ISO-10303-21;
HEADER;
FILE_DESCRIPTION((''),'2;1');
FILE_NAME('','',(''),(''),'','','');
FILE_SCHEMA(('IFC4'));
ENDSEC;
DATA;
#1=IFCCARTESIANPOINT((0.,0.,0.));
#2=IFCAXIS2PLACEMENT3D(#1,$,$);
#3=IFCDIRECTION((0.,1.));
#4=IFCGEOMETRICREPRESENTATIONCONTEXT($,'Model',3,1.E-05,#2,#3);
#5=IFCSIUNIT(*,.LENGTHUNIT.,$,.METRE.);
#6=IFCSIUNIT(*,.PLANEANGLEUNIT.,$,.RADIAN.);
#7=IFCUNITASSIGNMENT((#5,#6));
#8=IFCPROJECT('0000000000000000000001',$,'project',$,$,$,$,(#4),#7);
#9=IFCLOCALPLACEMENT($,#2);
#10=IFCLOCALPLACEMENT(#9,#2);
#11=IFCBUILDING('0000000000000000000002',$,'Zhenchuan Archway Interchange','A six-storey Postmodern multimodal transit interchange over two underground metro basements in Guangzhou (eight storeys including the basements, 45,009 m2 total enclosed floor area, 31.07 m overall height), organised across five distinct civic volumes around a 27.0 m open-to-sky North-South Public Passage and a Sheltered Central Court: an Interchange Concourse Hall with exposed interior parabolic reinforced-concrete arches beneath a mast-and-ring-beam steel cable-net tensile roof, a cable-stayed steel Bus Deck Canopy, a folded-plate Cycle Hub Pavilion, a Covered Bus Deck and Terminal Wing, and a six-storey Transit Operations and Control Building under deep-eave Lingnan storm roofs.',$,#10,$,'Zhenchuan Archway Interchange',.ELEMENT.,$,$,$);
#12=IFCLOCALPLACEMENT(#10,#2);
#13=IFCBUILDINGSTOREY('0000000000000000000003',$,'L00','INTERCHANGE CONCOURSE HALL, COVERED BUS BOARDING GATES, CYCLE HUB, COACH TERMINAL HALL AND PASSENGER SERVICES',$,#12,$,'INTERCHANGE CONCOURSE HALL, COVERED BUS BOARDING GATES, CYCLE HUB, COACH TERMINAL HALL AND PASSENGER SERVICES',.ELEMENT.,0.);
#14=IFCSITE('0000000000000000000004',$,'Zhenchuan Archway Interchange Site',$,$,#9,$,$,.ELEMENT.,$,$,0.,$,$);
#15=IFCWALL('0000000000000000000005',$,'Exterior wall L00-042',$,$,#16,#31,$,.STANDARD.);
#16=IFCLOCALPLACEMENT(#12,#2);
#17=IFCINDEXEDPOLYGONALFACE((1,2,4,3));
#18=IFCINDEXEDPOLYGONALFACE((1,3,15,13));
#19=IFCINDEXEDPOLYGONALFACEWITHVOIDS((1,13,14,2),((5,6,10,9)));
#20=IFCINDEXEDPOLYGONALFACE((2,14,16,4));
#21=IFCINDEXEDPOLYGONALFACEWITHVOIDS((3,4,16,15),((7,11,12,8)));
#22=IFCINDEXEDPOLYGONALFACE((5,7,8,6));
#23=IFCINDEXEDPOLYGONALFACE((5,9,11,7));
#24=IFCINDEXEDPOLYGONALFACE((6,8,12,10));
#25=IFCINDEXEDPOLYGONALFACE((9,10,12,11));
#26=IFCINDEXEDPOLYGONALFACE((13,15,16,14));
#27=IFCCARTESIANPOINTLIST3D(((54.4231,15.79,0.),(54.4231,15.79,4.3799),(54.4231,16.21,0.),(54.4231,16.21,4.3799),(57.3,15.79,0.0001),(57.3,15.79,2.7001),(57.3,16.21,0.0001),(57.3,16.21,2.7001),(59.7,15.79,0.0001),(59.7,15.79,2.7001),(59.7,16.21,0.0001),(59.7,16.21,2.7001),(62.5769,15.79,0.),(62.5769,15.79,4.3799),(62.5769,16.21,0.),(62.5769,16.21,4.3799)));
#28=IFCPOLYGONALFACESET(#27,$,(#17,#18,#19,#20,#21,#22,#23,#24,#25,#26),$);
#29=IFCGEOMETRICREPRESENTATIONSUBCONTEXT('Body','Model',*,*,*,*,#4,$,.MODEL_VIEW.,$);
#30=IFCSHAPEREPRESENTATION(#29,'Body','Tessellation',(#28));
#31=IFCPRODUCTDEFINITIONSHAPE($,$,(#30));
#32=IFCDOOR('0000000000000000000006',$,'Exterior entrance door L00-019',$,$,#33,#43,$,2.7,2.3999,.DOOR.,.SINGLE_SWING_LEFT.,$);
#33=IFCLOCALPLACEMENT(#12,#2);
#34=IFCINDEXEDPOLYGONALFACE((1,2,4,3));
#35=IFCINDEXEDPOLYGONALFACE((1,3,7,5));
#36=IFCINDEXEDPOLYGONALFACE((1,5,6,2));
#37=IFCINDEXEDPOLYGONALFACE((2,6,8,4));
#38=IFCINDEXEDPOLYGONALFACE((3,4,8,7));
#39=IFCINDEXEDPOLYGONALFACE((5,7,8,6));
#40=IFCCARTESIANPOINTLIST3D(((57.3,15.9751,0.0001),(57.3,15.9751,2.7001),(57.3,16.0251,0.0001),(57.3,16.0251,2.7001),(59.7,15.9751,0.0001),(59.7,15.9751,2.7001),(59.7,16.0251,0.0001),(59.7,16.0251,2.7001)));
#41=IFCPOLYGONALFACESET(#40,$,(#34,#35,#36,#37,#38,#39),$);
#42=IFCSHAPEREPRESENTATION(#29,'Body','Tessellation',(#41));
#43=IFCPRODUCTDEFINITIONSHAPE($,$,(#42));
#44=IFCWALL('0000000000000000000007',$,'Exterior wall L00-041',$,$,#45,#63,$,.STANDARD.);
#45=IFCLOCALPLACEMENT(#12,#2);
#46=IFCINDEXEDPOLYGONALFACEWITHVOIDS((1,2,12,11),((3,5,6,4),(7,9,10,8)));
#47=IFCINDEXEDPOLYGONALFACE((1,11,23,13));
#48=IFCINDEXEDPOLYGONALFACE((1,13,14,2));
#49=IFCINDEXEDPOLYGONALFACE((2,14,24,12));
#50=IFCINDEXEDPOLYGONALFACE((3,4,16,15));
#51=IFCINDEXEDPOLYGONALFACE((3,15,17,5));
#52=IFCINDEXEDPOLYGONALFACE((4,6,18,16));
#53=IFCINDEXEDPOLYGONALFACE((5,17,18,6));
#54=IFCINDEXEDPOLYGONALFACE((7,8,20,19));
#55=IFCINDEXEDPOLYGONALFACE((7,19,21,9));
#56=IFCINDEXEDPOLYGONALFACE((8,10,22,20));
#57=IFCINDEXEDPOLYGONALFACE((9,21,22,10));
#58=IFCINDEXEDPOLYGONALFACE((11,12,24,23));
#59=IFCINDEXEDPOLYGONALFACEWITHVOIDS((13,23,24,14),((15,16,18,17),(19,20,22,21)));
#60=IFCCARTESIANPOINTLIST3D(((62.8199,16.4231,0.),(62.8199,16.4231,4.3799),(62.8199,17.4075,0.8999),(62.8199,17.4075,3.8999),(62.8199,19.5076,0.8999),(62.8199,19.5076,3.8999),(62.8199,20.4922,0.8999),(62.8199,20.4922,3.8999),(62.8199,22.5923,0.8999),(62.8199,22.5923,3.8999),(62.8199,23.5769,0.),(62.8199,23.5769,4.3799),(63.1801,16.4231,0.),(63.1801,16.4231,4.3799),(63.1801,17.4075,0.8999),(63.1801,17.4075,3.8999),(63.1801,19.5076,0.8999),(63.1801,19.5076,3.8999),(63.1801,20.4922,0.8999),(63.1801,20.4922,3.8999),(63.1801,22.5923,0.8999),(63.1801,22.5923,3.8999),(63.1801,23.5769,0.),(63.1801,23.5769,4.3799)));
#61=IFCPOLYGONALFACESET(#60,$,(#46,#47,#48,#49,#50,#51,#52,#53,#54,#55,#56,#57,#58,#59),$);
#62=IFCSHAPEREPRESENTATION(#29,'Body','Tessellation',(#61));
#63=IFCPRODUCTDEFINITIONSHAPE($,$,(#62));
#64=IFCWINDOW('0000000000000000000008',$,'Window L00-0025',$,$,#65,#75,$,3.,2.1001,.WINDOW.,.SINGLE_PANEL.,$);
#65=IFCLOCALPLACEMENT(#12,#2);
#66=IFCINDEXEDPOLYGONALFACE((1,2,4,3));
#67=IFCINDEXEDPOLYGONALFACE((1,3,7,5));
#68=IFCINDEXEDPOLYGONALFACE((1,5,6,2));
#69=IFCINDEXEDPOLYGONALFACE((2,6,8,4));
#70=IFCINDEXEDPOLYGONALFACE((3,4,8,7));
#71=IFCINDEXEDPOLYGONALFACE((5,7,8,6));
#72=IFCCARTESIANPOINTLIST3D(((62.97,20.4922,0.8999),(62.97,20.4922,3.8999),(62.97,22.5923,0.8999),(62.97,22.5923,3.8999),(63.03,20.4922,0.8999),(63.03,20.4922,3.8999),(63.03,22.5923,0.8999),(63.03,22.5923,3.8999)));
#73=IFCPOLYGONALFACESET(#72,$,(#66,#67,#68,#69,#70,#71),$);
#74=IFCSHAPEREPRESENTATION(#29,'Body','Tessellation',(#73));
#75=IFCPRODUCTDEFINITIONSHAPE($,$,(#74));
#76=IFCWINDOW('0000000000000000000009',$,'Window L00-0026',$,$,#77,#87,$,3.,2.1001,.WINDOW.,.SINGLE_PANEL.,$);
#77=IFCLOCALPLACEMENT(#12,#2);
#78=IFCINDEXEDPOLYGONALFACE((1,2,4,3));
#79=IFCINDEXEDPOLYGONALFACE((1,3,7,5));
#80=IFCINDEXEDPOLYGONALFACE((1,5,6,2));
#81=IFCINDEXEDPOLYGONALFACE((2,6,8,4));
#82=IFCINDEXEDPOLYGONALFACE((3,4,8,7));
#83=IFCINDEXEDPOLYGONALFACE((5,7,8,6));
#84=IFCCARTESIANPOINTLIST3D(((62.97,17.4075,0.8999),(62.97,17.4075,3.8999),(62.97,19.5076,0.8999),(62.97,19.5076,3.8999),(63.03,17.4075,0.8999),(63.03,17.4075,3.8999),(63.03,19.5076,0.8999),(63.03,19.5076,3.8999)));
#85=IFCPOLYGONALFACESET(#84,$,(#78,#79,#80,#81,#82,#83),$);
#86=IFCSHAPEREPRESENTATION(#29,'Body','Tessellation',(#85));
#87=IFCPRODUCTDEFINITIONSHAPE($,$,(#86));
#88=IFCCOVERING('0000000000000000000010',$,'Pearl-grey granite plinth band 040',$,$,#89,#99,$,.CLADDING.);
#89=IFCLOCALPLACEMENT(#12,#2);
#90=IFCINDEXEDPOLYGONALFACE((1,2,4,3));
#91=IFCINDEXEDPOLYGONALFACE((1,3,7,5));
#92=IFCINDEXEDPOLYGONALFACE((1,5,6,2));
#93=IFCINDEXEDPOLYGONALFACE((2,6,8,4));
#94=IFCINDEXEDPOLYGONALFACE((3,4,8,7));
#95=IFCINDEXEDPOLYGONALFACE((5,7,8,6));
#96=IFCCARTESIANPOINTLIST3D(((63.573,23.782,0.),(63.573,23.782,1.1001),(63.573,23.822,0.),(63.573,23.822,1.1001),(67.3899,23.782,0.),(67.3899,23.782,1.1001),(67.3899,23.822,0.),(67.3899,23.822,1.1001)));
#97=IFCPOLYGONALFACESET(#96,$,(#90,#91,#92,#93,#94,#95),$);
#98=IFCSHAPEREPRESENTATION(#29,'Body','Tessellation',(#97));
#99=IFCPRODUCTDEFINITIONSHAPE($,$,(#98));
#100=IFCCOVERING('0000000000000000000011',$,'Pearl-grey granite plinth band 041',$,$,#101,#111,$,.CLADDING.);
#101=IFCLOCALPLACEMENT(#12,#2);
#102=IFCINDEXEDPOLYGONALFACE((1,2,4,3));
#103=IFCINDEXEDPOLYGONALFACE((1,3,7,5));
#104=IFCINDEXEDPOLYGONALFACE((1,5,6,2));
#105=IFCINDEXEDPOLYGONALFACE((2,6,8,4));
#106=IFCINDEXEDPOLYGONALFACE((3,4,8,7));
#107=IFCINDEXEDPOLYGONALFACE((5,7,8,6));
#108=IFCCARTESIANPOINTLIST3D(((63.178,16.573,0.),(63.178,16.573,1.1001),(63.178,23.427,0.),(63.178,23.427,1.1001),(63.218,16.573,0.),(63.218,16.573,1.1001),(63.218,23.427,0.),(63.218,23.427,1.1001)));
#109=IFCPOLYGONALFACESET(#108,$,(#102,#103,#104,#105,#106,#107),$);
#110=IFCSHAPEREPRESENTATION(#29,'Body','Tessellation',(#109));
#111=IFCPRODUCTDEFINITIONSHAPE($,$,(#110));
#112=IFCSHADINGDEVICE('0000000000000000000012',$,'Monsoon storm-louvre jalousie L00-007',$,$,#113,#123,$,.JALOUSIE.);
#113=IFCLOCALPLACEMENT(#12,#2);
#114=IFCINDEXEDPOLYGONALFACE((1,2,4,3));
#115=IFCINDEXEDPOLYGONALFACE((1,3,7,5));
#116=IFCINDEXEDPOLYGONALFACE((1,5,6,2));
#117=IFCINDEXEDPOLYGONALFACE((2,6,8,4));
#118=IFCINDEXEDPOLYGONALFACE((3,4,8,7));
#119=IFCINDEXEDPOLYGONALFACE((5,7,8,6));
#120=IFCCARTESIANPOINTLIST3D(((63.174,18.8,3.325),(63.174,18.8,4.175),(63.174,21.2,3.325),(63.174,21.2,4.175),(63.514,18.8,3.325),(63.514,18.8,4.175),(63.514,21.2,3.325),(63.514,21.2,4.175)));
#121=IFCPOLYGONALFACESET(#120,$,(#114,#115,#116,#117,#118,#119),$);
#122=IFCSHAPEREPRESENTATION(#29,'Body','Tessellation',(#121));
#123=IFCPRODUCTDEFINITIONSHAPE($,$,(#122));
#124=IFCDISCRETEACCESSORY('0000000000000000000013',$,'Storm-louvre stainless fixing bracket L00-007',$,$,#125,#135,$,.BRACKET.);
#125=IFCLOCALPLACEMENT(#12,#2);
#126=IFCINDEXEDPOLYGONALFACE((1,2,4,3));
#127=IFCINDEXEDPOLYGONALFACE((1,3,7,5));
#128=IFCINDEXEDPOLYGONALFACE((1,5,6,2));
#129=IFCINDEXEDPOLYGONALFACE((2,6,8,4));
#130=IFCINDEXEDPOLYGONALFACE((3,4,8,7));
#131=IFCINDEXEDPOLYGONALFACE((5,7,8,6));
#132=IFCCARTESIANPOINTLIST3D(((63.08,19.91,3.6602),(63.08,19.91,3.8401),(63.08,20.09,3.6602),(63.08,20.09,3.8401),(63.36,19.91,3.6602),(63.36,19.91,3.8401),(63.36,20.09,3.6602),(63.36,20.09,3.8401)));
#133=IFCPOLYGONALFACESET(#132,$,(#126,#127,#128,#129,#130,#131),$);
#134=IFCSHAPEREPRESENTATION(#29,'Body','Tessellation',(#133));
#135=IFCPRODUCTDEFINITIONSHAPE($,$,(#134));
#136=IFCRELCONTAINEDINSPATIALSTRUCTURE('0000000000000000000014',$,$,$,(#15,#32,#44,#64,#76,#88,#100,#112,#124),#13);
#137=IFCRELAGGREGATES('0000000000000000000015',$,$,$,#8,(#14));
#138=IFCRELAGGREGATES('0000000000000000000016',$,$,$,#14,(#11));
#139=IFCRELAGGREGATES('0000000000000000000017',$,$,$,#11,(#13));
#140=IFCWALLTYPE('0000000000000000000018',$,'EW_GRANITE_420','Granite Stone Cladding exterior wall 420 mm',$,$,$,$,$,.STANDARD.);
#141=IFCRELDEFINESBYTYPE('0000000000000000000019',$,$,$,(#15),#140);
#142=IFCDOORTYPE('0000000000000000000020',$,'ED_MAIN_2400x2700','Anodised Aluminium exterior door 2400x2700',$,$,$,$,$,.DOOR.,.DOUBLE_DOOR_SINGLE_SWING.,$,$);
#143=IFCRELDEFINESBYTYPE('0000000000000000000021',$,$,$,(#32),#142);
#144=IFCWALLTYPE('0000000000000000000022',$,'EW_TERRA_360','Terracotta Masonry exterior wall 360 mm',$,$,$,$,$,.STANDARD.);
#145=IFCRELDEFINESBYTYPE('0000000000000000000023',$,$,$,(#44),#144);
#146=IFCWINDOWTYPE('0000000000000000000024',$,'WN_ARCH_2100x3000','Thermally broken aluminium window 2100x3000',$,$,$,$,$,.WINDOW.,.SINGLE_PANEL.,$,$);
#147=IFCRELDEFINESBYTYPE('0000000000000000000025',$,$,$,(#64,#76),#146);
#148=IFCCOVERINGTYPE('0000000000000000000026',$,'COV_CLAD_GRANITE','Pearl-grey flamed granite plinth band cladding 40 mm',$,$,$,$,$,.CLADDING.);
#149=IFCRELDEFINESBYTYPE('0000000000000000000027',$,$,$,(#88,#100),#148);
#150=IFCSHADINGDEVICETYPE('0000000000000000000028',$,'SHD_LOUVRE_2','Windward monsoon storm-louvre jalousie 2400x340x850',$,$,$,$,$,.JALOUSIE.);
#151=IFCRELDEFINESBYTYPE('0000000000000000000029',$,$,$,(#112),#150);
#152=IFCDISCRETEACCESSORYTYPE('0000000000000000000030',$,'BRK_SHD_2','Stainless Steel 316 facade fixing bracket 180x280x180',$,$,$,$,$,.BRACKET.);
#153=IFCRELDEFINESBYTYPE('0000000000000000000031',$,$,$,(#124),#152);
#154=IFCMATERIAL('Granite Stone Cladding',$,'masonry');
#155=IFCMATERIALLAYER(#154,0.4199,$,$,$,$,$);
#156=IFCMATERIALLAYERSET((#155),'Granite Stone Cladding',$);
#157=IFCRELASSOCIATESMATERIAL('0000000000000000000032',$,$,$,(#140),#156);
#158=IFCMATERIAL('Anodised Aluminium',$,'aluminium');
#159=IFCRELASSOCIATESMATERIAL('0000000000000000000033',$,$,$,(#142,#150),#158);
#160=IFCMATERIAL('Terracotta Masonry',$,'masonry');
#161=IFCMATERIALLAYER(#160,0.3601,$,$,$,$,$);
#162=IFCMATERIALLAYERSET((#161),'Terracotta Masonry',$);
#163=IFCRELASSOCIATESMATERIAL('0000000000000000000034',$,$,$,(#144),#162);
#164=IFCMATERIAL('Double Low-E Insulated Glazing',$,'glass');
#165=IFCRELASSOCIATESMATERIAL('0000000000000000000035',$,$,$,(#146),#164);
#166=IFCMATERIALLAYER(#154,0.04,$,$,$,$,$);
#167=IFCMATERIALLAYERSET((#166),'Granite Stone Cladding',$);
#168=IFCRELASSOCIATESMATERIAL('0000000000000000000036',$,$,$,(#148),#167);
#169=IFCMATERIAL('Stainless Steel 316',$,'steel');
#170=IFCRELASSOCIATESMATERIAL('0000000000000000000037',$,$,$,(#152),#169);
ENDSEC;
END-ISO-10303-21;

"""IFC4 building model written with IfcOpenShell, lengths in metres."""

from ifc_helpers import new_model, si_unit, direction, frame, frame_2d, origin, origin_2d, place, context, subcontext, project, spatial, rectangle, extrude, material, layer, layer_set, type_object, element, fill, save


model = new_model("IFC4")

# Units and contexts
model_context = context("Model", 3, precision=1e-05, world=origin(), true_north=direction((0.0, 1.0)))
body_context = subcontext(model_context, "Body", "Model", "MODEL_VIEW")
ifc_project = project(units=[si_unit("LENGTHUNIT", "METRE"), si_unit("PLANEANGLEUNIT", "RADIAN")], contexts=[model_context])

# Site, building, storey
site_placement = place(None, origin())
site = spatial("IfcSite", under=ifc_project, at=site_placement, Name="Zhenchuan Archway Interchange Site", CompositionType="ELEMENT", RefElevation=0.0)
building_placement = place(site_placement, origin())
building = spatial("IfcBuilding", under=site, at=building_placement, Name="Zhenchuan Archway Interchange", Description="A six-storey Postmodern multimodal transit interchange over two underground metro basements in Guangzhou (eight storeys including the basements, 45,009 m2 total enclosed floor area, 31.07 m overall height), organised across five distinct civic volumes around a 27.0 m open-to-sky North-South Public Passage and a Sheltered Central Court: an Interchange Concourse Hall with exposed interior parabolic reinforced-concrete arches beneath a mast-and-ring-beam steel cable-net tensile roof, a cable-stayed steel Bus Deck Canopy, a folded-plate Cycle Hub Pavilion, a Covered Bus Deck and Terminal Wing, and a six-storey Transit Operations and Control Building under deep-eave Lingnan storm roofs.", LongName="Zhenchuan Archway Interchange", CompositionType="ELEMENT")
storey_placement = place(building_placement, origin())
storey = spatial("IfcBuildingStorey", under=building, at=storey_placement, Name="L00", Description="INTERCHANGE CONCOURSE HALL, COVERED BUS BOARDING GATES, CYCLE HUB, COACH TERMINAL HALL AND PASSENGER SERVICES", LongName="INTERCHANGE CONCOURSE HALL, COVERED BUS BOARDING GATES, CYCLE HUB, COACH TERMINAL HALL AND PASSENGER SERVICES", CompositionType="ELEMENT", Elevation=0.0)

# Wall, opening, door
ifc_material_1 = material(Name="Granite Stone Cladding", Category="masonry")
ifc_layer_1 = layer(ifc_material_1, 0.4199)
ifc_layer_set_1 = layer_set([ifc_layer_1], Name="Granite Stone Cladding")
wall_type_1 = type_object("IfcWallType", Name="EW_GRANITE_420", Description="Granite Stone Cladding exterior wall 420 mm", PredefinedType="STANDARD", material=ifc_layer_set_1)
wall_1_placement = place(storey_placement, frame((62.5769, 16.0, 0.0), z_axis=(0.0, 0.0, 1.0), x_axis=(-1.0, 0.0, 0.0)))
wall_1 = element("IfcWall", 1, at=wall_1_placement, inside=storey, type_object=wall_type_1, Name="Exterior wall L00-042", PredefinedType="STANDARD", context=body_context, shape_type="SweptSolid", body=[
    extrude(rectangle(XDim=8.1538, YDim=0.4199, at=frame_2d((4.0769, 0.0))), origin(), (0.0, 0.0, 1.0), 4.3799),
])
opening_1_placement = place(wall_1_placement, frame((2.877, 0.0, 0.0)))
opening_1 = element("IfcOpeningElement", 2, at=opening_1_placement, cuts=wall_1, PredefinedType="OPENING", context=body_context, shape_type="SweptSolid", body=[
    extrude(rectangle(XDim=2.3999, YDim=2.7, at=frame_2d((1.2, 1.3501))), frame((0.0, 0.2219, 0.0), z_axis=(0.0, -1.0, 0.0), x_axis=(1.0, 0.0, 0.0)), (0.0, 0.0, 1.0), 0.4438),
])
ifc_material_2 = material(Name="Anodised Aluminium", Category="aluminium")
door_type = type_object("IfcDoorType", Name="ED_MAIN_2400x2700", Description="Anodised Aluminium exterior door 2400x2700", OperationType="DOUBLE_DOOR_SINGLE_SWING", PredefinedType="DOOR", material=ifc_material_2)
door_placement = place(opening_1_placement, origin())
door = element("IfcDoor", 3, at=door_placement, inside=storey, type_object=door_type, Name="Exterior entrance door L00-019", OperationType="SINGLE_SWING_LEFT", OverallHeight=2.7, OverallWidth=2.3999, PredefinedType="DOOR", context=body_context, shape_type="SweptSolid", body=[
    extrude(rectangle(XDim=2.3999, YDim=2.7, at=frame_2d((1.2, 1.3501))), frame((0.0, 0.0249, 0.0), z_axis=(0.0, -1.0, 0.0), x_axis=(1.0, 0.0, 0.0)), (0.0, 0.0, 1.0), 0.05),
])
fill(opening_1, door)

# Wall, openings, windows
ifc_material_3 = material(Name="Terracotta Masonry", Category="masonry")
ifc_layer_2 = layer(ifc_material_3, 0.3601)
ifc_layer_set_2 = layer_set([ifc_layer_2], Name="Terracotta Masonry")
wall_type_2 = type_object("IfcWallType", Name="EW_TERRA_360", Description="Terracotta Masonry exterior wall 360 mm", PredefinedType="STANDARD", material=ifc_layer_set_2)
wall_2_placement = place(storey_placement, frame((63.0, 23.5769, 0.0), z_axis=(0.0, 0.0, 1.0), x_axis=(0.0, -1.0, 0.0)))
wall_2 = element("IfcWall", 4, at=wall_2_placement, inside=storey, type_object=wall_type_2, Name="Exterior wall L00-041", PredefinedType="STANDARD", context=body_context, shape_type="SweptSolid", body=[
    extrude(rectangle(XDim=7.1538, YDim=0.3601, at=frame_2d((3.5769, 0.0))), origin(), (0.0, 0.0, 1.0), 4.3799),
])
opening_2_placement = place(wall_2_placement, frame((0.9846, 0.0, 0.8999)))
opening_2 = element("IfcOpeningElement", 5, at=opening_2_placement, cuts=wall_2, PredefinedType="OPENING", context=body_context, shape_type="SweptSolid", body=[
    extrude(rectangle(XDim=2.1001, YDim=3.0, at=frame_2d((1.05, 1.5))), frame((0.0, 0.1919, 0.0), z_axis=(0.0, -1.0, 0.0), x_axis=(1.0, 0.0, 0.0)), (0.0, 0.0, 1.0), 0.384),
])
opening_3_placement = place(wall_2_placement, frame((4.0693, 0.0, 0.8999)))
opening_3 = element("IfcOpeningElement", 6, at=opening_3_placement, cuts=wall_2, PredefinedType="OPENING", context=body_context, shape_type="SweptSolid", body=[
    extrude(rectangle(XDim=2.1001, YDim=3.0, at=frame_2d((1.05, 1.5))), frame((0.0, 0.1919, 0.0), z_axis=(0.0, -1.0, 0.0), x_axis=(1.0, 0.0, 0.0)), (0.0, 0.0, 1.0), 0.384),
])
ifc_material_4 = material(Name="Double Low-E Insulated Glazing", Category="glass")
window_type = type_object("IfcWindowType", Name="WN_ARCH_2100x3000", Description="Thermally broken aluminium window 2100x3000", PartitioningType="SINGLE_PANEL", PredefinedType="WINDOW", material=ifc_material_4)
window_1_placement = place(opening_2_placement, origin())
window_1 = element("IfcWindow", 7, at=window_1_placement, inside=storey, type_object=window_type, Name="Window L00-0025", OverallHeight=3.0, OverallWidth=2.1001, PartitioningType="SINGLE_PANEL", PredefinedType="WINDOW", context=body_context, shape_type="SweptSolid", body=[
    extrude(rectangle(XDim=2.1001, YDim=3.0, at=frame_2d((1.05, 1.5))), frame((0.0, 0.03, 0.0), z_axis=(0.0, -1.0, 0.0), x_axis=(1.0, 0.0, 0.0)), (0.0, 0.0, 1.0), 0.0601),
])
fill(opening_2, window_1)
window_2_placement = place(opening_3_placement, origin())
window_2 = element("IfcWindow", 8, at=window_2_placement, inside=storey, type_object=window_type, Name="Window L00-0026", OverallHeight=3.0, OverallWidth=2.1001, PartitioningType="SINGLE_PANEL", PredefinedType="WINDOW", context=body_context, shape_type="SweptSolid", body=[
    extrude(rectangle(XDim=2.1001, YDim=3.0, at=frame_2d((1.05, 1.5))), frame((0.0, 0.03, 0.0), z_axis=(0.0, -1.0, 0.0), x_axis=(1.0, 0.0, 0.0)), (0.0, 0.0, 1.0), 0.0601),
])
fill(opening_3, window_2)

# Coverings
ifc_layer_3 = layer(ifc_material_1, 0.04)
ifc_layer_set_3 = layer_set([ifc_layer_3], Name="Granite Stone Cladding")
covering_type = type_object("IfcCoveringType", Name="COV_CLAD_GRANITE", Description="Pearl-grey flamed granite plinth band cladding 40 mm", PredefinedType="CLADDING", material=ifc_layer_set_3)
covering_1_placement = place(storey_placement, frame((65.4814, 23.802, 0.0), z_axis=(0.0, 0.0, 1.0), x_axis=(-1.0, 0.0, 0.0)))
element("IfcCovering", 9, at=covering_1_placement, inside=storey, type_object=covering_type, Name="Pearl-grey granite plinth band 040", PredefinedType="CLADDING", context=body_context, shape_type="SweptSolid", body=[
    extrude(rectangle(XDim=3.8169, YDim=0.04, at=origin_2d()), origin(), (0.0, 0.0, 1.0), 1.1001),
])
covering_2_placement = place(storey_placement, frame((63.198, 20.0, 0.0), z_axis=(0.0, 0.0, 1.0), x_axis=(0.0, -1.0, 0.0)))
element("IfcCovering", 10, at=covering_2_placement, inside=storey, type_object=covering_type, Name="Pearl-grey granite plinth band 041", PredefinedType="CLADDING", context=body_context, shape_type="SweptSolid", body=[
    extrude(rectangle(XDim=6.854, YDim=0.04, at=origin_2d()), origin(), (0.0, 0.0, 1.0), 1.1001),
])

# Shading device
shading_device_type = type_object("IfcShadingDeviceType", Name="SHD_LOUVRE_2", Description="Windward monsoon storm-louvre jalousie 2400x340x850", PredefinedType="JALOUSIE", material=ifc_material_2)
shading_device_placement = place(storey_placement, frame((63.344, 20.0, 3.325), z_axis=(0.0, 0.0, 1.0), x_axis=(0.0, -1.0, 0.0)))
element("IfcShadingDevice", 11, at=shading_device_placement, inside=storey, type_object=shading_device_type, Name="Monsoon storm-louvre jalousie L00-007", PredefinedType="JALOUSIE", context=body_context, shape_type="SweptSolid", body=[
    extrude(rectangle(XDim=2.3999, YDim=0.3401, at=origin_2d()), origin(), (0.0, 0.0, 1.0), 0.8501),
])

# Discrete accessory
ifc_material_5 = material(Name="Stainless Steel 316", Category="steel")
discrete_accessory_type = type_object("IfcDiscreteAccessoryType", Name="BRK_SHD_2", Description="Stainless Steel 316 facade fixing bracket 180x280x180", PredefinedType="BRACKET", material=ifc_material_5)
discrete_accessory_placement = place(storey_placement, frame((63.22, 20.0, 3.6602), z_axis=(0.0, 0.0, 1.0), x_axis=(0.0, -1.0, 0.0)))
element("IfcDiscreteAccessory", 12, at=discrete_accessory_placement, inside=storey, type_object=discrete_accessory_type, Name="Storm-louvre stainless fixing bracket L00-007", PredefinedType="BRACKET", context=body_context, shape_type="SweptSolid", body=[
    extrude(rectangle(XDim=0.1799, YDim=0.28, at=origin_2d()), origin(), (0.0, 0.0, 1.0), 0.1799),
])

save(model, "model.ifc")
